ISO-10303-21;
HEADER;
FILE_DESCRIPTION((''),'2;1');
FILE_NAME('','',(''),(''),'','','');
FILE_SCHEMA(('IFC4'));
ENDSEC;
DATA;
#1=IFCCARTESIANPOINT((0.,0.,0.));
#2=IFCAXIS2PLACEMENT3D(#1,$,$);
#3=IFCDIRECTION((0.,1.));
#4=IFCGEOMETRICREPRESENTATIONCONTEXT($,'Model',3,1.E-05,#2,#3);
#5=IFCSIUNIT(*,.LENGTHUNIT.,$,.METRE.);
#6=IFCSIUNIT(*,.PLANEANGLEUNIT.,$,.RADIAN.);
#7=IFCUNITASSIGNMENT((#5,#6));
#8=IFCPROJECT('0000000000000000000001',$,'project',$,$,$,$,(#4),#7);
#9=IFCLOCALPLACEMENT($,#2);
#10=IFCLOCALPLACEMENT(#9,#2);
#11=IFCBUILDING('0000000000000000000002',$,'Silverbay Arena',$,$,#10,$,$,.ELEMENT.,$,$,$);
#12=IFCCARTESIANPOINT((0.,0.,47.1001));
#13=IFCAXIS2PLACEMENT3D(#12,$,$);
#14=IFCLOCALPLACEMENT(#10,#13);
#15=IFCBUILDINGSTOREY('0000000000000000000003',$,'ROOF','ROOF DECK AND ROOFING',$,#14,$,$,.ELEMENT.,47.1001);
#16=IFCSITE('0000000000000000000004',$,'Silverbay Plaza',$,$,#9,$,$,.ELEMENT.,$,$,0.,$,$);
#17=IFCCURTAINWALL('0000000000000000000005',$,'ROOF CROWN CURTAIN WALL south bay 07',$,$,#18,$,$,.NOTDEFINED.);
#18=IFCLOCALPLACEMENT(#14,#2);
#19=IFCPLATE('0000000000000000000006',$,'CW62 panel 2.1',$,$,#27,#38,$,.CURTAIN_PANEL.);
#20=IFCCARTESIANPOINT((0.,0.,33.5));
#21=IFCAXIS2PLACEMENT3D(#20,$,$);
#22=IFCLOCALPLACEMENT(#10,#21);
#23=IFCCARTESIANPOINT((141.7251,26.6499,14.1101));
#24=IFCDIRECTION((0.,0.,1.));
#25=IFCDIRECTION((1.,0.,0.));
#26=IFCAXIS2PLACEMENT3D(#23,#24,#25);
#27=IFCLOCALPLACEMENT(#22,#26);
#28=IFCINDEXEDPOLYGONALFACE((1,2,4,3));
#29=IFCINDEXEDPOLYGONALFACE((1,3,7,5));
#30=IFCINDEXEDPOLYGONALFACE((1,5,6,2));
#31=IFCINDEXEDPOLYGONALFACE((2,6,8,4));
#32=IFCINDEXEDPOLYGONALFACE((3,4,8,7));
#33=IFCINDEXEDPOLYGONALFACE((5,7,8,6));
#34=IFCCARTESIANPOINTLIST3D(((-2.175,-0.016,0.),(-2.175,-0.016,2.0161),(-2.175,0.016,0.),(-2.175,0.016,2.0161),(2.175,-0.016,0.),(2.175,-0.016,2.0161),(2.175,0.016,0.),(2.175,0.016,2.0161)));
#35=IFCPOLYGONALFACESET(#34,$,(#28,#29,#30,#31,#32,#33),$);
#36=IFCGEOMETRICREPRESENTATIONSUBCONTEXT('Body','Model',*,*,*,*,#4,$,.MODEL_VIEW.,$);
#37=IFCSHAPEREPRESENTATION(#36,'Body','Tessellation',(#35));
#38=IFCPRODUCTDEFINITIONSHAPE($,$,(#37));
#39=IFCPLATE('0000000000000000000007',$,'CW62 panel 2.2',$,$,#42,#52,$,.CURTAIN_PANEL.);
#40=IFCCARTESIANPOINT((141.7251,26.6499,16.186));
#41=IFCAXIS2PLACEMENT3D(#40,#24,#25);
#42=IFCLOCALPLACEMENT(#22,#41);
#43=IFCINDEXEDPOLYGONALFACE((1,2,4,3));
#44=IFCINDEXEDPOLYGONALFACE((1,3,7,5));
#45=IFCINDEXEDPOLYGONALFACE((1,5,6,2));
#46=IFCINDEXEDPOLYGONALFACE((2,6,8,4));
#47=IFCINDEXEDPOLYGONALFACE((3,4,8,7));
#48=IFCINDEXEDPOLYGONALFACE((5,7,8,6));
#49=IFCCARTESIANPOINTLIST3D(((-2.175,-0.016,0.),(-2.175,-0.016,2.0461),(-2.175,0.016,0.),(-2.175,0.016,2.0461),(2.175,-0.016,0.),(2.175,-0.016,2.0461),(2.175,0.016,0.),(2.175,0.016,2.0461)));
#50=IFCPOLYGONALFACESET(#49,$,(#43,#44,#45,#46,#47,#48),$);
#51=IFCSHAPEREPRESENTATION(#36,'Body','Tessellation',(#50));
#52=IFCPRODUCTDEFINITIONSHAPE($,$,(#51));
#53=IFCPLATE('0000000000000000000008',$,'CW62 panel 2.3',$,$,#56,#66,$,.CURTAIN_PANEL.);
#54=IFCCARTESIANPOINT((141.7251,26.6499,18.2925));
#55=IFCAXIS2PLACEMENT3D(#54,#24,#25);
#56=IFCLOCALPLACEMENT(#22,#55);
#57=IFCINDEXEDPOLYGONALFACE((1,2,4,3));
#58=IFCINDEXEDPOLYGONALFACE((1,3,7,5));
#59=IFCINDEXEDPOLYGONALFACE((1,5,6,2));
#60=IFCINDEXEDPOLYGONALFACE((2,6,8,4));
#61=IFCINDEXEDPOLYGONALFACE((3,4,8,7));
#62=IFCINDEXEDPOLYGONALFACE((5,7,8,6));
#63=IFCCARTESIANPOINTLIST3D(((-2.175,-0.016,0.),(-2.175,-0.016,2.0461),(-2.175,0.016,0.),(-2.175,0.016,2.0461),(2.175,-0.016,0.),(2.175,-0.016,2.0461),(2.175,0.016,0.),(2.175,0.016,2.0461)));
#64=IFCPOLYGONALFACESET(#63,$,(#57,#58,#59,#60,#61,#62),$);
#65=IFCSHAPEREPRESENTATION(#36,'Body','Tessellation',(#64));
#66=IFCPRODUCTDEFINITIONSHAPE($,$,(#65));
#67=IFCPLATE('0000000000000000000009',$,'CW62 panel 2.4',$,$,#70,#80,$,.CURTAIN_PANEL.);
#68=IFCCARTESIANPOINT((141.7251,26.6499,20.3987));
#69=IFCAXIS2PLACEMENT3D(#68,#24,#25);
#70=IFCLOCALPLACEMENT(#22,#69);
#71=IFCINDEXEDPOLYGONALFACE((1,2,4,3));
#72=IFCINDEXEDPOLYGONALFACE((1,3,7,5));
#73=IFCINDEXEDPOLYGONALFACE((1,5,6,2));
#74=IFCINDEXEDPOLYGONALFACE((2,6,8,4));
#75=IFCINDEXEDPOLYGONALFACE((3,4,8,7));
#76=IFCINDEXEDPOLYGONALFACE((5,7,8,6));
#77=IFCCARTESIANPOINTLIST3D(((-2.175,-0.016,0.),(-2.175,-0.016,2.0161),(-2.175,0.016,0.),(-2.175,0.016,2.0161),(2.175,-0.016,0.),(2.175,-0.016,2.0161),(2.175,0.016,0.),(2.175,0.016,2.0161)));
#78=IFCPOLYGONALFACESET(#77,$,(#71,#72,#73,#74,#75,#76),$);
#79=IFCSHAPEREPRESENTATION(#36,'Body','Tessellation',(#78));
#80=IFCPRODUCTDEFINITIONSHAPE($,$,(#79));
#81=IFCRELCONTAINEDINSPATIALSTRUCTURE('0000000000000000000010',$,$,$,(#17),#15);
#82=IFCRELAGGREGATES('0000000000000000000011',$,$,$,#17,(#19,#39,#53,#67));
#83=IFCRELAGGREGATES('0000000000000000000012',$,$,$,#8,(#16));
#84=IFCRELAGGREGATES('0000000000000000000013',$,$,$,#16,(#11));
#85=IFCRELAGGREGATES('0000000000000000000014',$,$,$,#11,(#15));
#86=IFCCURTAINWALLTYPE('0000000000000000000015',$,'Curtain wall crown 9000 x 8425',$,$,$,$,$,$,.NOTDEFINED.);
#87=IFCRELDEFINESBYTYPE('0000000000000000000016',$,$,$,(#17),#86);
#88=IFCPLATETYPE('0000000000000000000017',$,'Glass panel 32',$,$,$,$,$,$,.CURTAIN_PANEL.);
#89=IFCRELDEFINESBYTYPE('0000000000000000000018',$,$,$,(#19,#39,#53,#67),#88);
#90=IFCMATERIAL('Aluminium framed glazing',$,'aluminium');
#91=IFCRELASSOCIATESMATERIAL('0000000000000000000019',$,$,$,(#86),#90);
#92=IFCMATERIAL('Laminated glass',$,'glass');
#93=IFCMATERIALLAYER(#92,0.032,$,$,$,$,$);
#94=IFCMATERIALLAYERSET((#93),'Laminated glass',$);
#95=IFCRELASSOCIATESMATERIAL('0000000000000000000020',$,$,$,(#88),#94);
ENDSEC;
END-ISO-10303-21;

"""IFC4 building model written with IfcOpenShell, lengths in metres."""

from ifc_helpers import new_model, si_unit, direction, frame, origin, origin_2d, place, context, subcontext, project, spatial, rectangle, extrude, material, layer, layer_set, type_object, element, aggregate, save


model = new_model("IFC4")

# Units and contexts
model_context = context("Model", 3, precision=1e-05, world=origin(), true_north=direction((0.0, 1.0)))
body_context = subcontext(model_context, "Body", "Model", "MODEL_VIEW")
ifc_project = project(units=[si_unit("LENGTHUNIT", "METRE"), si_unit("PLANEANGLEUNIT", "RADIAN")], contexts=[model_context])

# Site, building, storey
site_placement = place(None, origin())
site = spatial("IfcSite", under=ifc_project, at=site_placement, Name="Silverbay Plaza", CompositionType="ELEMENT", RefElevation=0.0)
building_placement = place(site_placement, origin())
building = spatial("IfcBuilding", under=site, at=building_placement, Name="Silverbay Arena", CompositionType="ELEMENT")
storey_placement = place(building_placement, frame((0.0, 0.0, 47.1001)))
storey = spatial("IfcBuildingStorey", under=building, at=storey_placement, Name="ROOF", Description="ROOF DECK AND ROOFING", CompositionType="ELEMENT", Elevation=47.1001)

# Curtain wall
ifc_material_1 = material(Name="Aluminium framed glazing", Category="aluminium")
curtain_wall_type = type_object("IfcCurtainWallType", Name="Curtain wall crown 9000 x 8425", PredefinedType="NOTDEFINED", material=ifc_material_1)
curtain_wall_1_placement = place(storey_placement, origin())
curtain_wall_1 = element("IfcCurtainWall", 1, at=curtain_wall_1_placement, inside=storey, type_object=curtain_wall_type, Name="ROOF CROWN CURTAIN WALL south bay 07", PredefinedType="NOTDEFINED")
placement = place(building_placement, frame((0.0, 0.0, 33.5)))

# Plates
ifc_material_2 = material(Name="Laminated glass", Category="glass")
ifc_layer = layer(ifc_material_2, 0.032)
ifc_layer_set = layer_set([ifc_layer], Name="Laminated glass")
plate_type = type_object("IfcPlateType", Name="Glass panel 32", PredefinedType="CURTAIN_PANEL", material=ifc_layer_set)
plate_1_placement = place(placement, frame((141.7251, 26.6499, 14.1101), z_axis=(0.0, 0.0, 1.0), x_axis=(1.0, 0.0, 0.0)))
plate_1 = element("IfcPlate", 2, at=plate_1_placement, type_object=plate_type, Name="CW62 panel 2.1", PredefinedType="CURTAIN_PANEL", context=body_context, shape_type="SweptSolid", body=[
    extrude(rectangle(XDim=4.3501, YDim=0.032, at=origin_2d()), origin(), (0.0, 0.0, 1.0), 2.0161),
])
plate_2_placement = place(placement, frame((141.7251, 26.6499, 16.186), z_axis=(0.0, 0.0, 1.0), x_axis=(1.0, 0.0, 0.0)))
plate_2 = element("IfcPlate", 3, at=plate_2_placement, type_object=plate_type, Name="CW62 panel 2.2", PredefinedType="CURTAIN_PANEL", context=body_context, shape_type="SweptSolid", body=[
    extrude(rectangle(XDim=4.3501, YDim=0.032, at=origin_2d()), origin(), (0.0, 0.0, 1.0), 2.0461),
])
plate_3_placement = place(placement, frame((141.7251, 26.6499, 18.2925), z_axis=(0.0, 0.0, 1.0), x_axis=(1.0, 0.0, 0.0)))
plate_3 = element("IfcPlate", 4, at=plate_3_placement, type_object=plate_type, Name="CW62 panel 2.3", PredefinedType="CURTAIN_PANEL", context=body_context, shape_type="SweptSolid", body=[
    extrude(rectangle(XDim=4.3501, YDim=0.032, at=origin_2d()), origin(), (0.0, 0.0, 1.0), 2.0461),
])
plate_4_placement = place(placement, frame((141.7251, 26.6499, 20.3987), z_axis=(0.0, 0.0, 1.0), x_axis=(1.0, 0.0, 0.0)))
plate_4 = element("IfcPlate", 5, at=plate_4_placement, type_object=plate_type, Name="CW62 panel 2.4", PredefinedType="CURTAIN_PANEL", context=body_context, shape_type="SweptSolid", body=[
    extrude(rectangle(XDim=4.3501, YDim=0.032, at=origin_2d()), origin(), (0.0, 0.0, 1.0), 2.0161),
])
aggregate(curtain_wall_1, [plate_1, plate_2, plate_3, plate_4])

save(model, "model.ifc")
